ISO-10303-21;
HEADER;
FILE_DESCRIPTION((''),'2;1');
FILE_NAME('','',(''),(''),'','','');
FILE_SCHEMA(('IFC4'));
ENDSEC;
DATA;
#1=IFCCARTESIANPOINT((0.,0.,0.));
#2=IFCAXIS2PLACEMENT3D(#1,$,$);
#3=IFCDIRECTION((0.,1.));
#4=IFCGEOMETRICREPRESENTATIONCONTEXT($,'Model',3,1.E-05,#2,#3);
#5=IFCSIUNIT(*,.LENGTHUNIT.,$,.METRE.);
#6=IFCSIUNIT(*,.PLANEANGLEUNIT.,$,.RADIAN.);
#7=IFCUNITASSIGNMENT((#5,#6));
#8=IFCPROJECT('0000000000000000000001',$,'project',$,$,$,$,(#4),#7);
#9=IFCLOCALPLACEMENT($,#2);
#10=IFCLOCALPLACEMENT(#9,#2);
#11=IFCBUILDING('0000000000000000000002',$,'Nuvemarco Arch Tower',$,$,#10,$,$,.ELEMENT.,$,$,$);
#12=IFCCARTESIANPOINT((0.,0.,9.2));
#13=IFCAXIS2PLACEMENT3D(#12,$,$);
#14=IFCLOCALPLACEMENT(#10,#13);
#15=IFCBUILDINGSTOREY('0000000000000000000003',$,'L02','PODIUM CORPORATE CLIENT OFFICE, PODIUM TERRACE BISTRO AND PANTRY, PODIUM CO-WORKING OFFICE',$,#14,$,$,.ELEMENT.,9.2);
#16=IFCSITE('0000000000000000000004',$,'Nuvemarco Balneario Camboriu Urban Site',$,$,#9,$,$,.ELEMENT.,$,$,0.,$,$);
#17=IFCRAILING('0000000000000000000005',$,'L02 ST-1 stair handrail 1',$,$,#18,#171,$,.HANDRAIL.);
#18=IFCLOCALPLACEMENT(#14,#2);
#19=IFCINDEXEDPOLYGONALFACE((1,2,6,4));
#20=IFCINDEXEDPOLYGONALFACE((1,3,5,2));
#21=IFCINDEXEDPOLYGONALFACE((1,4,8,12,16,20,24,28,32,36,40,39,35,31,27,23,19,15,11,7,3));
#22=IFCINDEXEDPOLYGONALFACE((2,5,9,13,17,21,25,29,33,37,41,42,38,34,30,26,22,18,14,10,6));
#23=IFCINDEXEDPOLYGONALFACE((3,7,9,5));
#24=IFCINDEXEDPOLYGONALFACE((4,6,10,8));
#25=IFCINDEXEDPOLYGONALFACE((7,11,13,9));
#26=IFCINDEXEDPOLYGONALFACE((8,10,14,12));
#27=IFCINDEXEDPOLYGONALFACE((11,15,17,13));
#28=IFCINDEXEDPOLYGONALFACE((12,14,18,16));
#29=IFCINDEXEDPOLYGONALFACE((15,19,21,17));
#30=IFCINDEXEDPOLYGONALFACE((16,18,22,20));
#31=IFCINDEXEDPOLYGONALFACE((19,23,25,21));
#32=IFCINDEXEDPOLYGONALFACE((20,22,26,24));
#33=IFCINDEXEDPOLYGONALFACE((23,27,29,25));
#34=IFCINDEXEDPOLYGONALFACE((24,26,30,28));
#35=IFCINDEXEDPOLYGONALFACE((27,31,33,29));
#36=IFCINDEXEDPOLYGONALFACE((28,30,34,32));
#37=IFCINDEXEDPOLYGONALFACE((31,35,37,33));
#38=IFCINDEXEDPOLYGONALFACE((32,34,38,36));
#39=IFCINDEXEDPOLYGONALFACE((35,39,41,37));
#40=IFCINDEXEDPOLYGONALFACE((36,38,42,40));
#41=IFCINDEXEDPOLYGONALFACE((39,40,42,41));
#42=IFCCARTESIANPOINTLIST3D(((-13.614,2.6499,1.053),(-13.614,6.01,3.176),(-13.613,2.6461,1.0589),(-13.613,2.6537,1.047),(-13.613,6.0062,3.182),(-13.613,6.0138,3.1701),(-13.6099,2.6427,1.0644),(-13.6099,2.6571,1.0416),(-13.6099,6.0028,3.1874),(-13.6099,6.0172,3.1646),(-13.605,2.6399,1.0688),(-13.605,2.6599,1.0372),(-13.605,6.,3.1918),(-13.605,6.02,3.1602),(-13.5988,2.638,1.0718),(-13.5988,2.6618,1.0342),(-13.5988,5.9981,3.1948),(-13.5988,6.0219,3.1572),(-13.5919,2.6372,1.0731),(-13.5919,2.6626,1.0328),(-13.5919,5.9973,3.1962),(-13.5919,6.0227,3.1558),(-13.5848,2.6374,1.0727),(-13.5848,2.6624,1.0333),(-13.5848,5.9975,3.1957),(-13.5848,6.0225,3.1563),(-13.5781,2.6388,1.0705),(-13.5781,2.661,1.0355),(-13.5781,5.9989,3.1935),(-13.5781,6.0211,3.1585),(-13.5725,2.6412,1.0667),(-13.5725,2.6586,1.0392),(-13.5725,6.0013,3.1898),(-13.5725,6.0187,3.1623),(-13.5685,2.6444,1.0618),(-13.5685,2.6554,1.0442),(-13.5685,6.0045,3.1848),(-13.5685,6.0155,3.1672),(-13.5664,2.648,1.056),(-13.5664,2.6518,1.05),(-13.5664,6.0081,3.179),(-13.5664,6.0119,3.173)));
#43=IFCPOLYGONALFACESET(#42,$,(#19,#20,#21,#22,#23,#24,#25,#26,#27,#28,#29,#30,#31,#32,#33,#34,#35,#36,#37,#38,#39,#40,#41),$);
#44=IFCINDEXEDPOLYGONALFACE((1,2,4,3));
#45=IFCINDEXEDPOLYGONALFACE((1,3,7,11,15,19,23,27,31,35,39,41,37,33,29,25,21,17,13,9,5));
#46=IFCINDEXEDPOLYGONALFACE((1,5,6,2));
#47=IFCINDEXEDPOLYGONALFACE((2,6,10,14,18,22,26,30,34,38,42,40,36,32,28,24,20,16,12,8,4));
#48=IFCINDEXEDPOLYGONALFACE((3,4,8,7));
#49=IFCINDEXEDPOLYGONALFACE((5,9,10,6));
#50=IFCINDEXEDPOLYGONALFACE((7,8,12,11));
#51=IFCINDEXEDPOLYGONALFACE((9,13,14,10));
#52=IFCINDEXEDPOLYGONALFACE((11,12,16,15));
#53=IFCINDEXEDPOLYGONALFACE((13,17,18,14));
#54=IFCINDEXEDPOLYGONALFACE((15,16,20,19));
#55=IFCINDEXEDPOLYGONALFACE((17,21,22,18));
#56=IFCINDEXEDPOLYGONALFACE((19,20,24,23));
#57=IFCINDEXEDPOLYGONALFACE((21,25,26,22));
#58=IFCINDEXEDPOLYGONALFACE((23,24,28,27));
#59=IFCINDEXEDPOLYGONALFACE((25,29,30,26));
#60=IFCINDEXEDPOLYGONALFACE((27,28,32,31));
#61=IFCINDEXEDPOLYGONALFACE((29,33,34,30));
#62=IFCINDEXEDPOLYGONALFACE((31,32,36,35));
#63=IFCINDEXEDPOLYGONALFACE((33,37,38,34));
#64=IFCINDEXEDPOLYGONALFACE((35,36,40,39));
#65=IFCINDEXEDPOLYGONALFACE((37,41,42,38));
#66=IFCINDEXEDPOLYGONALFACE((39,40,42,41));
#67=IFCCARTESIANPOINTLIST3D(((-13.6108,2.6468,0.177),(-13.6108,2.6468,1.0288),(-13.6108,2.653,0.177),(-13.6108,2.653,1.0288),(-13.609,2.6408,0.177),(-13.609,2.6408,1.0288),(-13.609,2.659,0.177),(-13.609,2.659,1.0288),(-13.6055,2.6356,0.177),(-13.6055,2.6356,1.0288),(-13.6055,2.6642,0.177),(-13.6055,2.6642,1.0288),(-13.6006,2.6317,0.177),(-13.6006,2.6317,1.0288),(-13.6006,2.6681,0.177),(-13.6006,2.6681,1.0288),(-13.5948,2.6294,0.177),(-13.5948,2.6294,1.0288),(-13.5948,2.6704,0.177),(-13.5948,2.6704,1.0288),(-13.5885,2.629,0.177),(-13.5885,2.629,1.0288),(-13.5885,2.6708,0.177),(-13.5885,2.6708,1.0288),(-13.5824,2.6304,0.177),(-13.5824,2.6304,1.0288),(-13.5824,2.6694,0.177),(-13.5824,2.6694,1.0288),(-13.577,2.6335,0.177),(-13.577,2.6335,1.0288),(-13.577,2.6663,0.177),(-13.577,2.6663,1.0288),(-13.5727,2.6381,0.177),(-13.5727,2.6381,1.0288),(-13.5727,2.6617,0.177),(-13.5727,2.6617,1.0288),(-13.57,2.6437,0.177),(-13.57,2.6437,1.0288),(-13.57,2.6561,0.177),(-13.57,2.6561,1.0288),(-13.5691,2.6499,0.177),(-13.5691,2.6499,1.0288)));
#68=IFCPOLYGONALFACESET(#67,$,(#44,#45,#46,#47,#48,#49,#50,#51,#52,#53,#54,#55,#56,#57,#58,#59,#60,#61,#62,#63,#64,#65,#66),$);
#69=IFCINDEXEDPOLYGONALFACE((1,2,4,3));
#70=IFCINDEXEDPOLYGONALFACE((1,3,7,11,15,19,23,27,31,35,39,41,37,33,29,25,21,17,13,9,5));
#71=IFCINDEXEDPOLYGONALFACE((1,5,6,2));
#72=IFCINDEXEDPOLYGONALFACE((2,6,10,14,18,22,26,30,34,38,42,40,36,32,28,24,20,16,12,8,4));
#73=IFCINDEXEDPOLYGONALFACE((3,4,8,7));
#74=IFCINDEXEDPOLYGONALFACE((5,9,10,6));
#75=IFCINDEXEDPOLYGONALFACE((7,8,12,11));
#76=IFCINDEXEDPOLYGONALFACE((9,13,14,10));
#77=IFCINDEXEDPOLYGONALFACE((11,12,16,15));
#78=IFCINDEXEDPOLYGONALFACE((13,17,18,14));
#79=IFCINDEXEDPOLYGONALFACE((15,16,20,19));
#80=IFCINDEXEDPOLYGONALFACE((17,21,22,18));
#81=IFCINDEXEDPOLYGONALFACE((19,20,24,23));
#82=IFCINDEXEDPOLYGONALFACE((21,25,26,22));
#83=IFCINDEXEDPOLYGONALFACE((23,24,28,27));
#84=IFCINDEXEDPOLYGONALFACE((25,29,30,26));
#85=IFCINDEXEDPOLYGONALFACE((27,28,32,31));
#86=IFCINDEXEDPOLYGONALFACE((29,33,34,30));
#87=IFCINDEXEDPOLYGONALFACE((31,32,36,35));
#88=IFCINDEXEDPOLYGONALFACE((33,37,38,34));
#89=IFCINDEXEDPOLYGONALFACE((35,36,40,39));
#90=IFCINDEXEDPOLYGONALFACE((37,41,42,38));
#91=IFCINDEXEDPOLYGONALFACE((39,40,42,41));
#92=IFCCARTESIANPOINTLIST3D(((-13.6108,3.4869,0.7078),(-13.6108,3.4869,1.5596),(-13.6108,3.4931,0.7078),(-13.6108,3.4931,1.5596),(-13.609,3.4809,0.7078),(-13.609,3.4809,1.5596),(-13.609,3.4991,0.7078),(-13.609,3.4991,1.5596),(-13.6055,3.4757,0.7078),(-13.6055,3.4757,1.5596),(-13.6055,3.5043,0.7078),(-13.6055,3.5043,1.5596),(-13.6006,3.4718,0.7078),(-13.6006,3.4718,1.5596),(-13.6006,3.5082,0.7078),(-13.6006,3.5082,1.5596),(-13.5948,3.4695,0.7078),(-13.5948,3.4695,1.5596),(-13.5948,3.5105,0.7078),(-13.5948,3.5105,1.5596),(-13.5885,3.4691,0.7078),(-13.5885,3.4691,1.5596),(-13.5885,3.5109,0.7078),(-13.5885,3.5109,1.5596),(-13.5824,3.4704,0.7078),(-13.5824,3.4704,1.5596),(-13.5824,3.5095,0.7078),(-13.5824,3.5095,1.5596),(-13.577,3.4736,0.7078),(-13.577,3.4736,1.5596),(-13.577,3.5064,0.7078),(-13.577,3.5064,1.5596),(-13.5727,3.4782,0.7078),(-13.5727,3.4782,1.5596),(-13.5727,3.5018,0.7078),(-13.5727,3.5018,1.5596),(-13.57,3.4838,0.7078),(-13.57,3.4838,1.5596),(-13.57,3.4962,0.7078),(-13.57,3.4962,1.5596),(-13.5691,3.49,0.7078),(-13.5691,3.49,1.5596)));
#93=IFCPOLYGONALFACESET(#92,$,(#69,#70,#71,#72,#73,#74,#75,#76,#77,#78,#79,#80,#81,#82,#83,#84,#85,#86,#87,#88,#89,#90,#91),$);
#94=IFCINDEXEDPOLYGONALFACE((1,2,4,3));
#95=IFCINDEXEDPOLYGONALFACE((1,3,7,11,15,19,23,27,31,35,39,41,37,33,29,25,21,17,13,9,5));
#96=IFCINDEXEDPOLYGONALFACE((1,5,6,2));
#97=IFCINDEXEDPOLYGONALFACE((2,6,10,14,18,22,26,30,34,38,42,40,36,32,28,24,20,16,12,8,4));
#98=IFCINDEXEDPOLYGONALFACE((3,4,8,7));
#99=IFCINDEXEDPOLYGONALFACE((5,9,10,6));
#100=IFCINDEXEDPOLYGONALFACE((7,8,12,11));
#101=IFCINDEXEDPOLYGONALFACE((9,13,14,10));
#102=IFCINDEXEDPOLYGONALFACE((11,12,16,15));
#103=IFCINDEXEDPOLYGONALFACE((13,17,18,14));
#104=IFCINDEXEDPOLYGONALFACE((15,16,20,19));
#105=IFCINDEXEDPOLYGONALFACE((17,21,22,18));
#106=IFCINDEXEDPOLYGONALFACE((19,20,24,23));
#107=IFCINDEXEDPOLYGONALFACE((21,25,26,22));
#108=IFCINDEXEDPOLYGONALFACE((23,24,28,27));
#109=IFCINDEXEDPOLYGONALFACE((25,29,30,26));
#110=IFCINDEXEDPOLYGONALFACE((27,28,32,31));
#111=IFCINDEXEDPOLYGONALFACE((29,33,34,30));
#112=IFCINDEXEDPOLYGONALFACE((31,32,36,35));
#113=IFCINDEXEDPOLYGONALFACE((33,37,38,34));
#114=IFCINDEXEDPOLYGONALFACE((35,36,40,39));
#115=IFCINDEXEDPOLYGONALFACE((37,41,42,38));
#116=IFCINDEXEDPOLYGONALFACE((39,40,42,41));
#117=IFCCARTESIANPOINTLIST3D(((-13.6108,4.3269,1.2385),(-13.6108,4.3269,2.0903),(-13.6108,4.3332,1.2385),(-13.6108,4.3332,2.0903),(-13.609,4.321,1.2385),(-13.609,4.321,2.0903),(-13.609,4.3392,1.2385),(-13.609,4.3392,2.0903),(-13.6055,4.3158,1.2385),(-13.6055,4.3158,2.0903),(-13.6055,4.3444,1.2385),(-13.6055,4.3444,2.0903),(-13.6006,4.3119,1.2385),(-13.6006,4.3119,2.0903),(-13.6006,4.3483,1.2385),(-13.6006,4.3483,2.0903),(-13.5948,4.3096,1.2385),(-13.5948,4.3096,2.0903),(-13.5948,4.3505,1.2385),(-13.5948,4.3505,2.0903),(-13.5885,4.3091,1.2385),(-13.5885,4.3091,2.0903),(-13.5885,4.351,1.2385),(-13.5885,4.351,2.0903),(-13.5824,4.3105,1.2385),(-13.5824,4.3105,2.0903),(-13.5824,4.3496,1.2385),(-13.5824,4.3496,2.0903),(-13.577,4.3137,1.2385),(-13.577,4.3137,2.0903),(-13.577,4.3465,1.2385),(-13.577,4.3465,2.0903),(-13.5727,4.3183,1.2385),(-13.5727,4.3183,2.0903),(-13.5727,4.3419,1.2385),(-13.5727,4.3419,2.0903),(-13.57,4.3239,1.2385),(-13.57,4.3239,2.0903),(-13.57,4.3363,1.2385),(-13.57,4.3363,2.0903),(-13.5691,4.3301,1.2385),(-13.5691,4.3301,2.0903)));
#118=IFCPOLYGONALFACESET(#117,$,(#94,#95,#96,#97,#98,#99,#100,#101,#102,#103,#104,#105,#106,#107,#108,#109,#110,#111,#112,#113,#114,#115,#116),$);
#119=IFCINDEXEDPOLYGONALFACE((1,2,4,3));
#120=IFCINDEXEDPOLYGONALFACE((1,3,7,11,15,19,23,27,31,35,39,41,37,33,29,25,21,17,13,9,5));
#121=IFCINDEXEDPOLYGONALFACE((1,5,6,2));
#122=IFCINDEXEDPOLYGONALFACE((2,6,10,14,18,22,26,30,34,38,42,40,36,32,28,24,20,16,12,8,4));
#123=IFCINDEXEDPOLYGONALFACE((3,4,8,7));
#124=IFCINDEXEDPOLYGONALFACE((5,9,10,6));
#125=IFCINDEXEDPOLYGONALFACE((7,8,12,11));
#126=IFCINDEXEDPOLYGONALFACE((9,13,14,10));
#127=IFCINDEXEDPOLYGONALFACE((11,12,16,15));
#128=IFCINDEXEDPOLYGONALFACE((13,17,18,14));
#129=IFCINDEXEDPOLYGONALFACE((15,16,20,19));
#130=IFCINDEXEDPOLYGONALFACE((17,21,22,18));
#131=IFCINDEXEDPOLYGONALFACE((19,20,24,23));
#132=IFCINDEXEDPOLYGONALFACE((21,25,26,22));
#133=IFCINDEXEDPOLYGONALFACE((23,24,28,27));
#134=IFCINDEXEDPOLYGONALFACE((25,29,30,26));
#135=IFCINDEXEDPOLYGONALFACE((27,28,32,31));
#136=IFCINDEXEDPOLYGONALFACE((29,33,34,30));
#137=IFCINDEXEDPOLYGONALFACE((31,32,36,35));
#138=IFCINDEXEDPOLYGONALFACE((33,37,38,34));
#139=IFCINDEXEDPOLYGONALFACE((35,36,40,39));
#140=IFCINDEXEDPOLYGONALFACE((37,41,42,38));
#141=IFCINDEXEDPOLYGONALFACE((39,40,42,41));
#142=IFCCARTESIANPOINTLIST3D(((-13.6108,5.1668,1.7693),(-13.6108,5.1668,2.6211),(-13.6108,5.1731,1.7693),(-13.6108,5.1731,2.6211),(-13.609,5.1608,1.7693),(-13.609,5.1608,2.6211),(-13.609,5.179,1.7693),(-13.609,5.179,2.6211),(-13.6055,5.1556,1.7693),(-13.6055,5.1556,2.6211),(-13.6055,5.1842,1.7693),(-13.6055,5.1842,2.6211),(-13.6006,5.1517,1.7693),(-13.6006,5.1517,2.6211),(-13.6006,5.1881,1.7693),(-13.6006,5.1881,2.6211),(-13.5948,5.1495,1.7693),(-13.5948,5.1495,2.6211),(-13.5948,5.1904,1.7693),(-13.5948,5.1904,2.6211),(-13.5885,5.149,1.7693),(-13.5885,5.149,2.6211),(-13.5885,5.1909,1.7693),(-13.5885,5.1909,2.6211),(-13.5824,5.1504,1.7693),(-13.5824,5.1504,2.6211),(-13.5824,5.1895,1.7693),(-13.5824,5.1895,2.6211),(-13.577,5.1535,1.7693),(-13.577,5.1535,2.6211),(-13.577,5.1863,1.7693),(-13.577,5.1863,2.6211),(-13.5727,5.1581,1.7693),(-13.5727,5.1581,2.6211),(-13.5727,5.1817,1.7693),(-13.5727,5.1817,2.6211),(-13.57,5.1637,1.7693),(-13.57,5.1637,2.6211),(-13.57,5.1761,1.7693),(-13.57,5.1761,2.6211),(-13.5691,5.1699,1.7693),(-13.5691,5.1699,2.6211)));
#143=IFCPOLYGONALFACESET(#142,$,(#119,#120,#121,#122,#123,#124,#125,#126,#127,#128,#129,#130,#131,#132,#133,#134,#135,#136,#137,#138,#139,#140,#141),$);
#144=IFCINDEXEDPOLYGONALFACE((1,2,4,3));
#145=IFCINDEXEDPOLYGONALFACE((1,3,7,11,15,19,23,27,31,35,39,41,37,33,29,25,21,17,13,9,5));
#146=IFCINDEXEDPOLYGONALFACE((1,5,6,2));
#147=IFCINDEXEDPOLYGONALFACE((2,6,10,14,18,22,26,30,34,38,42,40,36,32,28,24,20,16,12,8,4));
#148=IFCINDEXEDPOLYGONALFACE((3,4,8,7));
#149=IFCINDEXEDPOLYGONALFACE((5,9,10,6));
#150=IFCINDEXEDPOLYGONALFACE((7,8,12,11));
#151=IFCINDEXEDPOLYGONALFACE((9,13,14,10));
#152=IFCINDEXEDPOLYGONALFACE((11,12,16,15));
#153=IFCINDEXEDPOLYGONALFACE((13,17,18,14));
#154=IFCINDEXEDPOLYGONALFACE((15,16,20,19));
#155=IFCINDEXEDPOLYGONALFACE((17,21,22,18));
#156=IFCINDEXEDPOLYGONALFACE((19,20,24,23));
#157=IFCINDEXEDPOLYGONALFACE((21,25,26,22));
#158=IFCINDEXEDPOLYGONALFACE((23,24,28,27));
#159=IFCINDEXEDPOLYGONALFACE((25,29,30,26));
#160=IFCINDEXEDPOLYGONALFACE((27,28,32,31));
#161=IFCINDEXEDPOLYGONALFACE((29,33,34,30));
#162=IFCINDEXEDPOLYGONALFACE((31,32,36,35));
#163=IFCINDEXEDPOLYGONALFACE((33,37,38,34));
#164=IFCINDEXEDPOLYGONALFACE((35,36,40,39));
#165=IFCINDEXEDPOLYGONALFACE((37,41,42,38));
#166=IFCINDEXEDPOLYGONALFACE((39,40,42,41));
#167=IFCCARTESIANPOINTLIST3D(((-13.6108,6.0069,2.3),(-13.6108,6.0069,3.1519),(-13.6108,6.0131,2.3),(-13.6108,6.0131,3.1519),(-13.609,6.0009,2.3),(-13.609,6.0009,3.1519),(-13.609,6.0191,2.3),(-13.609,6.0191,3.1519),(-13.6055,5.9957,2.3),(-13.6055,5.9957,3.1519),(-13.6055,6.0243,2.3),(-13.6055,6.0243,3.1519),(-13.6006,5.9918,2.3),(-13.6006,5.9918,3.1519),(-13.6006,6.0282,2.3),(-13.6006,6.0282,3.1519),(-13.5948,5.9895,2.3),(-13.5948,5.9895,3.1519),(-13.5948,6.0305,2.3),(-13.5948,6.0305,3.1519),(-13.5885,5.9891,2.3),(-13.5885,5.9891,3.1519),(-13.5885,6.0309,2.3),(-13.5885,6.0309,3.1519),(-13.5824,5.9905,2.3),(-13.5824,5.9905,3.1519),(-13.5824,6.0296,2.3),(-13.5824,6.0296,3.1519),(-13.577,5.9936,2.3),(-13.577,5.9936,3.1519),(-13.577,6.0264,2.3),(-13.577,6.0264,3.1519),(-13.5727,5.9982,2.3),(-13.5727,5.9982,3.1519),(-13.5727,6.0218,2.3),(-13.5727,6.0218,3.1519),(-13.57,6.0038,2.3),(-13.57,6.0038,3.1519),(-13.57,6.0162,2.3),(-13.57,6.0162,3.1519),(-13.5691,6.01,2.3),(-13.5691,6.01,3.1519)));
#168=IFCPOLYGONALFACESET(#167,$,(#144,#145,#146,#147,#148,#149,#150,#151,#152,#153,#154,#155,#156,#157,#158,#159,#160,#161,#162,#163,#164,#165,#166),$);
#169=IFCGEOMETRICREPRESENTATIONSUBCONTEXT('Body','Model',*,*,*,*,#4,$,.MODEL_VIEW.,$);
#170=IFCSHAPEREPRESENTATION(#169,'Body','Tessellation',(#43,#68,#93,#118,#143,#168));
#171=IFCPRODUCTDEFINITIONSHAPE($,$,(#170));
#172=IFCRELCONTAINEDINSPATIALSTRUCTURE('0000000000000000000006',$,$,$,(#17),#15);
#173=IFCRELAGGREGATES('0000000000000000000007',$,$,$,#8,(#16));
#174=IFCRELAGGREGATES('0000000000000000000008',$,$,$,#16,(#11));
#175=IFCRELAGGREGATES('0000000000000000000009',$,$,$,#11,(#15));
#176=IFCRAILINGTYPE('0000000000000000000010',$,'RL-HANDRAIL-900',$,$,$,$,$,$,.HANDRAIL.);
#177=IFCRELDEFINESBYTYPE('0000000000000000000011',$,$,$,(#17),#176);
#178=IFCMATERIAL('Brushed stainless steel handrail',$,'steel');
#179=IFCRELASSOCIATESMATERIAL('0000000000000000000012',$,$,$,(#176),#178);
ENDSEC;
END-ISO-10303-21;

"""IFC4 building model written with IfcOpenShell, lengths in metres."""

from ifc_helpers import new_model, si_unit, direction, frame, origin, origin_2d, place, context, subcontext, project, spatial, circle, extrude, material, type_object, element, save


model = new_model("IFC4")

# Units and contexts
model_context = context("Model", 3, precision=1e-05, world=origin(), true_north=direction((0.0, 1.0)))
body_context = subcontext(model_context, "Body", "Model", "MODEL_VIEW")
ifc_project = project(units=[si_unit("LENGTHUNIT", "METRE"), si_unit("PLANEANGLEUNIT", "RADIAN")], contexts=[model_context])

# Site, building, storey
site_placement = place(None, origin())
site = spatial("IfcSite", under=ifc_project, at=site_placement, Name="Nuvemarco Balneario Camboriu Urban Site", CompositionType="ELEMENT", RefElevation=0.0)
building_placement = place(site_placement, origin())
building = spatial("IfcBuilding", under=site, at=building_placement, Name="Nuvemarco Arch Tower", CompositionType="ELEMENT")
storey_placement = place(building_placement, frame((0.0, 0.0, 9.2)))
storey = spatial("IfcBuildingStorey", under=building, at=storey_placement, Name="L02", Description="PODIUM CORPORATE CLIENT OFFICE, PODIUM TERRACE BISTRO AND PANTRY, PODIUM CO-WORKING OFFICE", CompositionType="ELEMENT", Elevation=9.2)

# Railing
ifc_material_1 = material(Name="Brushed stainless steel handrail", Category="steel")
railing_type_1 = type_object("IfcRailingType", Name="RL-HANDRAIL-900", PredefinedType="HANDRAIL", material=ifc_material_1)
railing_1_placement = place(storey_placement, frame((-13.5901, 2.6499, 0.177)))
element("IfcRailing", 1, at=railing_1_placement, inside=storey, type_object=railing_type_1, Name="L02 ST-1 stair handrail 1", PredefinedType="HANDRAIL", context=body_context, shape_type="SweptSolid", body=[
    extrude(circle(Radius=0.0239, at=origin_2d()), frame((0.0, 0.0, 0.876), z_axis=(0.0, 0.84539, 0.53415), x_axis=(-1.0, 0.0, 0.0)), (0.0, 0.0, 1.0), 3.9746),
    extrude(circle(Radius=0.021, at=origin_2d()), origin(), (0.0, 0.0, 1.0), 0.8518),
    extrude(circle(Radius=0.021, at=origin_2d()), frame((0.0, 0.8401, 0.5308)), (0.0, 0.0, 1.0), 0.8518),
    extrude(circle(Radius=0.021, at=origin_2d()), frame((0.0, 1.6802, 1.0615)), (0.0, 0.0, 1.0), 0.8518),
    extrude(circle(Radius=0.021, at=origin_2d()), frame((0.0, 2.52, 1.5923)), (0.0, 0.0, 1.0), 0.8518),
    extrude(circle(Radius=0.021, at=origin_2d()), frame((0.0, 3.3601, 2.123)), (0.0, 0.0, 1.0), 0.8518),
])

save(model, "model.ifc")
